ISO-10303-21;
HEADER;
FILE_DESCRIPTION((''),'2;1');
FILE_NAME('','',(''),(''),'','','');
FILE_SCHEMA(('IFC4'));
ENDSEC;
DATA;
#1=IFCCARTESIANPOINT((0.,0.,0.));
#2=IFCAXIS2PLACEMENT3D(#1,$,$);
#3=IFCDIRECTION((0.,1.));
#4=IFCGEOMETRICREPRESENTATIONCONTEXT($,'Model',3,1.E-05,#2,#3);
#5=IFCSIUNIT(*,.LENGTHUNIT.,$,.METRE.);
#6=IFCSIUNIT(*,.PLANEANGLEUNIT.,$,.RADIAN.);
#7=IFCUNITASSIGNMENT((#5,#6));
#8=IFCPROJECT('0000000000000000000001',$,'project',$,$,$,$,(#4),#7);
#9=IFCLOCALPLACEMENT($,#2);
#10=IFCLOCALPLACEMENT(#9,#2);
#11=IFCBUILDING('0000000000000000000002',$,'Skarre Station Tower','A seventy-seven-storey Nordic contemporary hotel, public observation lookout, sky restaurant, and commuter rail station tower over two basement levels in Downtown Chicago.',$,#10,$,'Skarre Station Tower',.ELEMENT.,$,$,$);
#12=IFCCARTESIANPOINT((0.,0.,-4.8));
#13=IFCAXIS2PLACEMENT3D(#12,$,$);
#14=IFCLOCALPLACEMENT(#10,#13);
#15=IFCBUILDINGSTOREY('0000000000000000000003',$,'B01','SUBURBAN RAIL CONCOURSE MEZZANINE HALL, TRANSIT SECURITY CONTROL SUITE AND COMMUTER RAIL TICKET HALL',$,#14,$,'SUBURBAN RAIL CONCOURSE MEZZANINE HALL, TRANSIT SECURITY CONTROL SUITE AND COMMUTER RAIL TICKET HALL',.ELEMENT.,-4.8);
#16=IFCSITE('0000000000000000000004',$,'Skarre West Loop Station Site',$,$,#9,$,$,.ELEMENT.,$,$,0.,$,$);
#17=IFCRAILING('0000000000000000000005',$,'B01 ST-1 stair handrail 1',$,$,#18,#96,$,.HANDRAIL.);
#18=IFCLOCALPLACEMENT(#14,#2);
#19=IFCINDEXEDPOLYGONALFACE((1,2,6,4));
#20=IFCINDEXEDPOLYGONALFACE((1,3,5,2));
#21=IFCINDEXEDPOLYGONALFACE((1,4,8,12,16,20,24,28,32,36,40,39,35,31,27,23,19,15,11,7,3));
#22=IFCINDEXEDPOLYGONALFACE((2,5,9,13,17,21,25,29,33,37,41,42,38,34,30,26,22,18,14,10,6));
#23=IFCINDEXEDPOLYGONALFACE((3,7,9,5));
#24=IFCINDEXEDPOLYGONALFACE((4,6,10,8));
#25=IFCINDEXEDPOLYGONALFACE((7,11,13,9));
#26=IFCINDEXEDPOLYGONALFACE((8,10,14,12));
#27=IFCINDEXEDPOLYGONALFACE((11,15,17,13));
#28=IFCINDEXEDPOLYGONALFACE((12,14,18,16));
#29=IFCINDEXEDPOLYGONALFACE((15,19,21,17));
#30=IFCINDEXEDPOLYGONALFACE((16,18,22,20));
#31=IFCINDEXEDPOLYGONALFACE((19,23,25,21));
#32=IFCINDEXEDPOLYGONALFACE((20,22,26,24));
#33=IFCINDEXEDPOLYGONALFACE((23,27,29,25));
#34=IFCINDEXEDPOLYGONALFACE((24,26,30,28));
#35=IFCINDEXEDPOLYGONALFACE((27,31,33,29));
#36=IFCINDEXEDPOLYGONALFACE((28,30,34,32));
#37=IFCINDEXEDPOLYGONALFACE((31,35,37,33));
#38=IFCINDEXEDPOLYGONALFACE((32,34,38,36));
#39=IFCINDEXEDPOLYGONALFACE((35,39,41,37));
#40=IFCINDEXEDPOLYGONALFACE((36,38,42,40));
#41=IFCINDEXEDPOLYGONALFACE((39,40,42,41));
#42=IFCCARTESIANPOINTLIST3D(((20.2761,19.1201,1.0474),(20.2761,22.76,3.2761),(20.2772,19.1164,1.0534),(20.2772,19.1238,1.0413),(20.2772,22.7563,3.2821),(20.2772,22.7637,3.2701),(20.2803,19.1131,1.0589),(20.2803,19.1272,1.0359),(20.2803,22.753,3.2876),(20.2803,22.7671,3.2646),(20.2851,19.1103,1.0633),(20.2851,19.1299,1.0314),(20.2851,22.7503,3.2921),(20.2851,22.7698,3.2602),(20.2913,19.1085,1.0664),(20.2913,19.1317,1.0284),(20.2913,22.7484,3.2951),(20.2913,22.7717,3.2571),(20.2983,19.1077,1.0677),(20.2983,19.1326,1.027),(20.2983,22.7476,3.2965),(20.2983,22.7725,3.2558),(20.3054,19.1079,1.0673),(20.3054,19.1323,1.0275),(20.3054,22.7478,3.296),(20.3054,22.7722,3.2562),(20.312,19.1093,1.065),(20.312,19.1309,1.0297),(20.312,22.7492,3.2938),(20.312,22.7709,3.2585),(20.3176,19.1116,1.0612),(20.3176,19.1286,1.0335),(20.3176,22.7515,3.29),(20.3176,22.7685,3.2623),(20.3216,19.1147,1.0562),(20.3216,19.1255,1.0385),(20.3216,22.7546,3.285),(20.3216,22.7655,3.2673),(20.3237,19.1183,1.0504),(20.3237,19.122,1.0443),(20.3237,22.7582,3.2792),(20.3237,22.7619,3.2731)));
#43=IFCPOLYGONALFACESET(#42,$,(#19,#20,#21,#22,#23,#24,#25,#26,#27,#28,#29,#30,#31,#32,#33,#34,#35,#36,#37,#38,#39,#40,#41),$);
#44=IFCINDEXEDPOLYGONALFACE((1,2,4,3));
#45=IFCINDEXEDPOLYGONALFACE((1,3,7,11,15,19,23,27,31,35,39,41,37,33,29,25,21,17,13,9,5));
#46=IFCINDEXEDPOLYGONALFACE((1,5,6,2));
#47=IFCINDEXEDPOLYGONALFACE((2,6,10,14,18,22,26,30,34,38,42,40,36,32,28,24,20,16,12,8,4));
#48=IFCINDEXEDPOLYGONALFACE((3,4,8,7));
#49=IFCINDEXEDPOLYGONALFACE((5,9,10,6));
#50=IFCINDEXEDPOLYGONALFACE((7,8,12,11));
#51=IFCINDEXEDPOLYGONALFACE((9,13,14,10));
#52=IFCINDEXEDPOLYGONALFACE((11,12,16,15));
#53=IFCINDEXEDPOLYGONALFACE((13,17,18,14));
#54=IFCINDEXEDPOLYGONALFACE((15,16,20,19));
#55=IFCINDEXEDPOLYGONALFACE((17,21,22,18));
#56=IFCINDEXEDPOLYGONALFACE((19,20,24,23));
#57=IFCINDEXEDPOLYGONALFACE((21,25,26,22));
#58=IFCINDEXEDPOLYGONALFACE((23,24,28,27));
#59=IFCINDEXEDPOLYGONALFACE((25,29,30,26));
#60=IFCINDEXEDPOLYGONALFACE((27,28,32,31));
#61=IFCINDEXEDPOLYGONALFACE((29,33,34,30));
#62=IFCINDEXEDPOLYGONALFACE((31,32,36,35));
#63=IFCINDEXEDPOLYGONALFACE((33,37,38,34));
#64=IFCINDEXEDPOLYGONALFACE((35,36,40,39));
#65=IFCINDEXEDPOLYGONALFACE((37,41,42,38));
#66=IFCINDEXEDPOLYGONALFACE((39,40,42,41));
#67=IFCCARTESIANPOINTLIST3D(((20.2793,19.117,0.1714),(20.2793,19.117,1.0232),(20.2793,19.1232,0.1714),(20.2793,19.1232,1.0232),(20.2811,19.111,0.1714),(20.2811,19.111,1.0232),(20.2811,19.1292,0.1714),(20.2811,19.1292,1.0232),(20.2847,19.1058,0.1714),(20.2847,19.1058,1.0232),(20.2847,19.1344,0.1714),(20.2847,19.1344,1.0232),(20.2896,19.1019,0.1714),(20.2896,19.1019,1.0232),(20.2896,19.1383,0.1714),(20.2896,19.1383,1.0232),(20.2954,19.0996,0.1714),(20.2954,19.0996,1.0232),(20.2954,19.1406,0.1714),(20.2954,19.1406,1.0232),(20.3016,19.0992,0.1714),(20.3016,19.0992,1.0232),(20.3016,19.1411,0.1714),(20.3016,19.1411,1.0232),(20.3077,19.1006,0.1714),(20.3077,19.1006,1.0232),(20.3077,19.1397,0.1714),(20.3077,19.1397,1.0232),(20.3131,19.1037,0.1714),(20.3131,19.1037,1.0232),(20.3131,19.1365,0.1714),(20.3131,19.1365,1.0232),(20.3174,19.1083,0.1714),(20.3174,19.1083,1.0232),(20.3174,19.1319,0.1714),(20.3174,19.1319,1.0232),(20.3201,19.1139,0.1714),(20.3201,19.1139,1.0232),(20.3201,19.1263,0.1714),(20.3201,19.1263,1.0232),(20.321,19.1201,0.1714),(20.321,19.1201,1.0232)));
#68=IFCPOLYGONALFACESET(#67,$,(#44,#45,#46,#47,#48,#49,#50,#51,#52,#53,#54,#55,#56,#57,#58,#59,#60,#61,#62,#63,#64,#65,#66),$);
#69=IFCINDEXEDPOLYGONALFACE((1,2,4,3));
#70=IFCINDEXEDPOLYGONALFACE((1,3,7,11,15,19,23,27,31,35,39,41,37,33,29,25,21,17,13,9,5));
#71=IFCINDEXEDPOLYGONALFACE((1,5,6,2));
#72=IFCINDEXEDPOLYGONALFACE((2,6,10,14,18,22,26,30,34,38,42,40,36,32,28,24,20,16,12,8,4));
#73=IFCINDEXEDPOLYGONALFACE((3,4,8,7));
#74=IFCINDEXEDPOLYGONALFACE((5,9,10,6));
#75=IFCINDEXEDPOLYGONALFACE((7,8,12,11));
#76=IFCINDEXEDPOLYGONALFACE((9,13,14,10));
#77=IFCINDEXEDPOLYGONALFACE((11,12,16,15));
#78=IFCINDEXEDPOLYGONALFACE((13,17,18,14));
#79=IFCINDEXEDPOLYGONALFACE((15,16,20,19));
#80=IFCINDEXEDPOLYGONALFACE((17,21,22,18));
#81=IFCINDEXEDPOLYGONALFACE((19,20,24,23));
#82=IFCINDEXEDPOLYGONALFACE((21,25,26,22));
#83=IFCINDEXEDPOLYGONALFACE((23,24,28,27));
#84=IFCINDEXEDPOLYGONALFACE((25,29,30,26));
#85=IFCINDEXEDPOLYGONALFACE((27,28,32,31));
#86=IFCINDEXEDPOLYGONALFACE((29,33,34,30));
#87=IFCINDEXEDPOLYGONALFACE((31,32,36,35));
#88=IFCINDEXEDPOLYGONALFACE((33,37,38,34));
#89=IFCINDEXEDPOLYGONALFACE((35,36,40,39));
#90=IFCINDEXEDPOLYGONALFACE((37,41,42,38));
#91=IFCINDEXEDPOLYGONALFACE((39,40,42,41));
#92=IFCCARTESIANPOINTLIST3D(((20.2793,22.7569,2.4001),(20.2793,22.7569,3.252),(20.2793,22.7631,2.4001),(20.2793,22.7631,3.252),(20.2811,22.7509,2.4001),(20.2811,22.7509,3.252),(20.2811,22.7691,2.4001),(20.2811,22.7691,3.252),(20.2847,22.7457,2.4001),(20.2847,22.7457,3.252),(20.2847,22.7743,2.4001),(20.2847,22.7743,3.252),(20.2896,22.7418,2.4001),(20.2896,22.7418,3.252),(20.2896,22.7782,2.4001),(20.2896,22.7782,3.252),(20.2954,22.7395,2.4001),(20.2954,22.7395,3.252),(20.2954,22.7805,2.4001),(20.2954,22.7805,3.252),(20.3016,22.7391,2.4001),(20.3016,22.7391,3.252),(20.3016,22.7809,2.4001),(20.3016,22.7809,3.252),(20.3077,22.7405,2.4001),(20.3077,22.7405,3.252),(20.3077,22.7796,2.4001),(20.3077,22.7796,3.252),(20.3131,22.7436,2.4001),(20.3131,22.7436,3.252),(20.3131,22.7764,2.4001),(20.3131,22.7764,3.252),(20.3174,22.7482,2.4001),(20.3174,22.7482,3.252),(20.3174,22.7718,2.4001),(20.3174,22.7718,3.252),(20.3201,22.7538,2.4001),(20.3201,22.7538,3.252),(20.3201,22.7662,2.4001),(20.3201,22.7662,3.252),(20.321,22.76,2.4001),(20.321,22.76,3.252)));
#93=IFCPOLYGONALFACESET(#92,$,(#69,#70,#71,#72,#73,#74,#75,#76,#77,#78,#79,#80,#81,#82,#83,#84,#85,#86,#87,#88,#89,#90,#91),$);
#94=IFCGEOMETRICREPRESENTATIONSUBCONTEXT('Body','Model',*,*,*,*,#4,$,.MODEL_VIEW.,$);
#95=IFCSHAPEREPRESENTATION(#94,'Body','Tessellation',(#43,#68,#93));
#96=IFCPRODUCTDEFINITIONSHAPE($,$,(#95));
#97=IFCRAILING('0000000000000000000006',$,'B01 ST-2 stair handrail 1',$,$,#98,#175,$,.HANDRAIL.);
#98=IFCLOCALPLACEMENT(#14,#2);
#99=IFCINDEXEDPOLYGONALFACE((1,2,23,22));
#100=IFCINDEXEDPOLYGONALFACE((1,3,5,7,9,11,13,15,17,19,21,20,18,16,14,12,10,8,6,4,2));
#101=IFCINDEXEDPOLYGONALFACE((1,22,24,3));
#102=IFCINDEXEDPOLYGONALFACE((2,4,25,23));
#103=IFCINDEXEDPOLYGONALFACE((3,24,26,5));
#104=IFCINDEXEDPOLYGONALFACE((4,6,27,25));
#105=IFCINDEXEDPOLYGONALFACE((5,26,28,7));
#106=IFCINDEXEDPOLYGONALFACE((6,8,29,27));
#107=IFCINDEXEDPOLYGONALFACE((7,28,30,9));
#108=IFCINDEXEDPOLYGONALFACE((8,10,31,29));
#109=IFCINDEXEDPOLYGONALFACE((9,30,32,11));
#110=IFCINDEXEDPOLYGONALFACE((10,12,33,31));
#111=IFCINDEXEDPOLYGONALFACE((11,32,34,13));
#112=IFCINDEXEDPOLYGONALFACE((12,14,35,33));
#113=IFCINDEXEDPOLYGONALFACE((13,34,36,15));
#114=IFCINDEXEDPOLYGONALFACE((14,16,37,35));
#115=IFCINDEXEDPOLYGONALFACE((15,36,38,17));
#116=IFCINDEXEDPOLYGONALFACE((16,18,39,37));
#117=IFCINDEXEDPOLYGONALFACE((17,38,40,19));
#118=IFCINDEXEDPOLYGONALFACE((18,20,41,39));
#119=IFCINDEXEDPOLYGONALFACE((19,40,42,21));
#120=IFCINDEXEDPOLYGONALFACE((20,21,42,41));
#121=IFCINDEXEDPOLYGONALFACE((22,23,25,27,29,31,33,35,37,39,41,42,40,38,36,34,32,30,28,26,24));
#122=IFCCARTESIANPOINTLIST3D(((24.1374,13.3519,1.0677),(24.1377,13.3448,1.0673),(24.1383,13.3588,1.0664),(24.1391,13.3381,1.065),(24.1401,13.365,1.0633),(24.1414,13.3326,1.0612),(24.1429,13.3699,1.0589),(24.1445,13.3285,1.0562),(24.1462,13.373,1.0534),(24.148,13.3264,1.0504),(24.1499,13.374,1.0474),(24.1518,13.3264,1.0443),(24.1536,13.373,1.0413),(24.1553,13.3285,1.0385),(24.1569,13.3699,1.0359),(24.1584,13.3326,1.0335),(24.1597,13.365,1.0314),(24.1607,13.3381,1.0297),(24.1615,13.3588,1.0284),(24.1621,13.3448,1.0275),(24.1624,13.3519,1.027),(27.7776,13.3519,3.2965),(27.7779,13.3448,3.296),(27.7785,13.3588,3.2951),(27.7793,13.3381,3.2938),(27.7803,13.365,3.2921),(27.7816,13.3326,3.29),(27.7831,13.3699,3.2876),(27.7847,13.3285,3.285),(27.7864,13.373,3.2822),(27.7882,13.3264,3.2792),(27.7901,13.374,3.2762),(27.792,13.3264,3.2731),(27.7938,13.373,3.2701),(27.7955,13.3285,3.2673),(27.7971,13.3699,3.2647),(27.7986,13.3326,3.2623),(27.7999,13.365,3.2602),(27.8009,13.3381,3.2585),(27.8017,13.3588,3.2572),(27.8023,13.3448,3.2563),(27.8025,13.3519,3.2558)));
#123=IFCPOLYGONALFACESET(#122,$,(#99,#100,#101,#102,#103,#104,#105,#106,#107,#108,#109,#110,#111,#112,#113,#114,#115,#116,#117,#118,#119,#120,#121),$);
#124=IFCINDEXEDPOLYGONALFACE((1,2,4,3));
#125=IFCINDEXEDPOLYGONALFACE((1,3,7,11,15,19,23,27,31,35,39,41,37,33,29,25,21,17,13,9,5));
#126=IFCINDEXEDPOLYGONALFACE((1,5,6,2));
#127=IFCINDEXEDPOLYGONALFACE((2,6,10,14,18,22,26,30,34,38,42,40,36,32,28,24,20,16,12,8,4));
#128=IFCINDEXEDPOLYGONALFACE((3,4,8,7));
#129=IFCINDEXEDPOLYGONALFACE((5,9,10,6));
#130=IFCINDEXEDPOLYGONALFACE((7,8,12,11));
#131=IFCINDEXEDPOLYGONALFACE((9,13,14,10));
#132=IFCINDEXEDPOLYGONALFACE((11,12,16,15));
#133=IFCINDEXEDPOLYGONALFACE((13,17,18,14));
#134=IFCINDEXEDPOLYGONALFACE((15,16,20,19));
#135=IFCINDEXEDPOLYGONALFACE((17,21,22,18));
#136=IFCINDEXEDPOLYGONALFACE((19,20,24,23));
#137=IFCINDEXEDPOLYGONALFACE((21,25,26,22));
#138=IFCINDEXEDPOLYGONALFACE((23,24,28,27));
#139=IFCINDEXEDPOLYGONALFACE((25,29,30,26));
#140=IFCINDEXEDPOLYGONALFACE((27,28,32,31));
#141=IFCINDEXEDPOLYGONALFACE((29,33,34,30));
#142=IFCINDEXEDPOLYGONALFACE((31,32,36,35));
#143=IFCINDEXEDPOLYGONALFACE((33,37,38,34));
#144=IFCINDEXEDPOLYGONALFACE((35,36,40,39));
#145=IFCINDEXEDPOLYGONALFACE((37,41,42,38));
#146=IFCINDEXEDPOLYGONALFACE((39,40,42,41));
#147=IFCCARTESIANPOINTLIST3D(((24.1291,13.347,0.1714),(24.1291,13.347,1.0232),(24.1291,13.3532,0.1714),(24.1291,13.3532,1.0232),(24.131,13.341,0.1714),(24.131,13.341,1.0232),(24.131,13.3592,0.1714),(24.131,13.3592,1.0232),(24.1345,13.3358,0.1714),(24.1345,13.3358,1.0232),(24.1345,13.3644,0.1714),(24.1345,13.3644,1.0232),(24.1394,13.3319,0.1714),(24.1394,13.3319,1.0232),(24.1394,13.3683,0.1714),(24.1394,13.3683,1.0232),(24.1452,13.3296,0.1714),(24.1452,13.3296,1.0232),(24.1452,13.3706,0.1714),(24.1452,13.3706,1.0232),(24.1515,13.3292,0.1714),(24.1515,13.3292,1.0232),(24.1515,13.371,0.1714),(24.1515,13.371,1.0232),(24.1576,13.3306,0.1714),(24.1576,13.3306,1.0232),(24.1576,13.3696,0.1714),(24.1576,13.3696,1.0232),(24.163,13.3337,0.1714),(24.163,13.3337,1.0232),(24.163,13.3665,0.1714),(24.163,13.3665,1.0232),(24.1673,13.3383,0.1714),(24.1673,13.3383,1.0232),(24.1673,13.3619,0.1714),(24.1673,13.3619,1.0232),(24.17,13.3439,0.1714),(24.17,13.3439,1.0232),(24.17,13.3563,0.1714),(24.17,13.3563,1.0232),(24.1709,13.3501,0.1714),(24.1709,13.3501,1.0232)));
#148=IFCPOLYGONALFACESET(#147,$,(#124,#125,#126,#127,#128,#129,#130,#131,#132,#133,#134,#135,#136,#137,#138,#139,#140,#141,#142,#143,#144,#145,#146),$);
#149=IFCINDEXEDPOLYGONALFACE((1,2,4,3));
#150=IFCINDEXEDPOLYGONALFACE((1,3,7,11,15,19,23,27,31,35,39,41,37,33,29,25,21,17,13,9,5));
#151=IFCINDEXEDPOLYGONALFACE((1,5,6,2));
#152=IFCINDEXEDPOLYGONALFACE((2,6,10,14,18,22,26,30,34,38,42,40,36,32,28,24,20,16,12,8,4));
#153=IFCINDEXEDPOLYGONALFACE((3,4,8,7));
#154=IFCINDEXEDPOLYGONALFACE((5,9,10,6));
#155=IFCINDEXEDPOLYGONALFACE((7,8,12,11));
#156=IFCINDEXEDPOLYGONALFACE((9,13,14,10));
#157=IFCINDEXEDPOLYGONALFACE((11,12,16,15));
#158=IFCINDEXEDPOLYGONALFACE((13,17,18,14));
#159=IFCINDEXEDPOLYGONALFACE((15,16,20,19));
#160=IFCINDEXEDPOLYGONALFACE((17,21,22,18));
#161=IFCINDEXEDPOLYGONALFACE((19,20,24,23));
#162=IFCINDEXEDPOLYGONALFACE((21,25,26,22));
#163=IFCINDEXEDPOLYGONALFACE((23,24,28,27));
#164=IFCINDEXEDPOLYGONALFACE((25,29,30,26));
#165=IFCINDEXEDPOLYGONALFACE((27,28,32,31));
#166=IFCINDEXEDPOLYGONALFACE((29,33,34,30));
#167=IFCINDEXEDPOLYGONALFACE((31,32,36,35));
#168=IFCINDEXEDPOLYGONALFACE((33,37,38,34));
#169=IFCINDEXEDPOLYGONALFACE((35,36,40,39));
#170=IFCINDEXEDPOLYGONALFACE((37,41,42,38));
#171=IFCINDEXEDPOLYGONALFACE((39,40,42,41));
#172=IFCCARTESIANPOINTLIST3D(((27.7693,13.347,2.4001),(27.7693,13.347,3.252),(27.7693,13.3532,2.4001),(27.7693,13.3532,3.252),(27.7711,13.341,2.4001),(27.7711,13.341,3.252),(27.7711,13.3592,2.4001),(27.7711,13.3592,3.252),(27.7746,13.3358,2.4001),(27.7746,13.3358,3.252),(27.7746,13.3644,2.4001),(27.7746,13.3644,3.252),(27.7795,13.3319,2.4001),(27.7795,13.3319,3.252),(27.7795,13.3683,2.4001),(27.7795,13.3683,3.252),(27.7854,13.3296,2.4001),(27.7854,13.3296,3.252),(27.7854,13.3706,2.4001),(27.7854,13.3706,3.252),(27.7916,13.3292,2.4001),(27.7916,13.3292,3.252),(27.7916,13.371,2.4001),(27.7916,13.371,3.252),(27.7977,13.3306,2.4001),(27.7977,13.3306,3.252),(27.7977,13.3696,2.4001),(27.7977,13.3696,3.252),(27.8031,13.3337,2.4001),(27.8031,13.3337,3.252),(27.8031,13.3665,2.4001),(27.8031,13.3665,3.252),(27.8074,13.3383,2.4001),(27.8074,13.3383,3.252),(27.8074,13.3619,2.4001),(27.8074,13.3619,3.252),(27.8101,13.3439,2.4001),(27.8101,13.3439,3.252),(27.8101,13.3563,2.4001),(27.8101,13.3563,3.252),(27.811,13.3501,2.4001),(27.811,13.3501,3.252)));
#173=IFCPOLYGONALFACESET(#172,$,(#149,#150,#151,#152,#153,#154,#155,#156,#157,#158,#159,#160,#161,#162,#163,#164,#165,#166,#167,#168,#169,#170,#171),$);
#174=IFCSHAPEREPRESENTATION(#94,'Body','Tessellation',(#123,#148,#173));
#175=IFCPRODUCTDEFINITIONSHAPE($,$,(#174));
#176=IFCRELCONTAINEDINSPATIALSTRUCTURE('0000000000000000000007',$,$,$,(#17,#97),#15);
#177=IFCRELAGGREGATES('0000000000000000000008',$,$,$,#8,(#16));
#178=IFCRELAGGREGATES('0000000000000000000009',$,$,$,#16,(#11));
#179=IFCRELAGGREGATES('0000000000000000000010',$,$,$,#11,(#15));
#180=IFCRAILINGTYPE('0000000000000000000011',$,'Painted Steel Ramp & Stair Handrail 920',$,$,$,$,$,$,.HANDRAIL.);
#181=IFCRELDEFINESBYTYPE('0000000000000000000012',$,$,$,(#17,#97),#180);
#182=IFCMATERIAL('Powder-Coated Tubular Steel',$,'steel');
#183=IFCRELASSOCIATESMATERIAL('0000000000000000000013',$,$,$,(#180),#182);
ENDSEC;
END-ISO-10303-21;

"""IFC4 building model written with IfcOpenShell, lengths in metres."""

from ifc_helpers import new_model, si_unit, direction, frame, origin, origin_2d, place, context, subcontext, project, spatial, circle, extrude, material, type_object, element, save


model = new_model("IFC4")

# Units and contexts
model_context = context("Model", 3, precision=1e-05, world=origin(), true_north=direction((0.0, 1.0)))
body_context = subcontext(model_context, "Body", "Model", "MODEL_VIEW")
ifc_project = project(units=[si_unit("LENGTHUNIT", "METRE"), si_unit("PLANEANGLEUNIT", "RADIAN")], contexts=[model_context])

# Site, building, storey
site_placement = place(None, origin())
site = spatial("IfcSite", under=ifc_project, at=site_placement, Name="Skarre West Loop Station Site", CompositionType="ELEMENT", RefElevation=0.0)
building_placement = place(site_placement, origin())
building = spatial("IfcBuilding", under=site, at=building_placement, Name="Skarre Station Tower", Description="A seventy-seven-storey Nordic contemporary hotel, public observation lookout, sky restaurant, and commuter rail station tower over two basement levels in Downtown Chicago.", LongName="Skarre Station Tower", CompositionType="ELEMENT")
storey_placement = place(building_placement, frame((0.0, 0.0, -4.8)))
storey = spatial("IfcBuildingStorey", under=building, at=storey_placement, Name="B01", Description="SUBURBAN RAIL CONCOURSE MEZZANINE HALL, TRANSIT SECURITY CONTROL SUITE AND COMMUTER RAIL TICKET HALL", LongName="SUBURBAN RAIL CONCOURSE MEZZANINE HALL, TRANSIT SECURITY CONTROL SUITE AND COMMUTER RAIL TICKET HALL", CompositionType="ELEMENT", Elevation=-4.8)

# Railings
ifc_material_1 = material(Name="Powder-Coated Tubular Steel", Category="steel")
railing_type_1 = type_object("IfcRailingType", Name="Painted Steel Ramp & Stair Handrail 920", PredefinedType="HANDRAIL", material=ifc_material_1)
railing_1_placement = place(storey_placement, frame((20.3, 19.1201, 0.1714)))
element("IfcRailing", 1, at=railing_1_placement, inside=storey, type_object=railing_type_1, Name="B01 ST-1 stair handrail 1", PredefinedType="HANDRAIL", context=body_context, shape_type="SweptSolid", body=[
    extrude(circle(Radius=0.0239, at=origin_2d()), frame((0.0, 0.0, 0.876), z_axis=(0.0, 0.852825, 0.522197), x_axis=(-1.0, 0.0, 0.0)), (0.0, 0.0, 1.0), 4.2681),
    extrude(circle(Radius=0.021, at=origin_2d()), origin(), (0.0, 0.0, 1.0), 0.8518),
    extrude(circle(Radius=0.021, at=origin_2d()), frame((0.0, 3.6399, 2.2288)), (0.0, 0.0, 1.0), 0.8518),
])
railing_2_placement = place(storey_placement, frame((24.1499, 13.3501, 0.1714)))
element("IfcRailing", 2, at=railing_2_placement, inside=storey, type_object=railing_type_1, Name="B01 ST-2 stair handrail 1", PredefinedType="HANDRAIL", context=body_context, shape_type="SweptSolid", body=[
    extrude(circle(Radius=0.0239, at=origin_2d()), frame((0.0, 0.0, 0.876), z_axis=(0.85284, 0.0, 0.522172), x_axis=(0.0, 1.0, 0.0)), (0.0, 0.0, 1.0), 4.2683),
    extrude(circle(Radius=0.021, at=origin_2d()), origin(), (0.0, 0.0, 1.0), 0.8518),
    extrude(circle(Radius=0.021, at=origin_2d()), frame((3.6401, 0.0, 2.2288)), (0.0, 0.0, 1.0), 0.8518),
])

save(model, "model.ifc")
